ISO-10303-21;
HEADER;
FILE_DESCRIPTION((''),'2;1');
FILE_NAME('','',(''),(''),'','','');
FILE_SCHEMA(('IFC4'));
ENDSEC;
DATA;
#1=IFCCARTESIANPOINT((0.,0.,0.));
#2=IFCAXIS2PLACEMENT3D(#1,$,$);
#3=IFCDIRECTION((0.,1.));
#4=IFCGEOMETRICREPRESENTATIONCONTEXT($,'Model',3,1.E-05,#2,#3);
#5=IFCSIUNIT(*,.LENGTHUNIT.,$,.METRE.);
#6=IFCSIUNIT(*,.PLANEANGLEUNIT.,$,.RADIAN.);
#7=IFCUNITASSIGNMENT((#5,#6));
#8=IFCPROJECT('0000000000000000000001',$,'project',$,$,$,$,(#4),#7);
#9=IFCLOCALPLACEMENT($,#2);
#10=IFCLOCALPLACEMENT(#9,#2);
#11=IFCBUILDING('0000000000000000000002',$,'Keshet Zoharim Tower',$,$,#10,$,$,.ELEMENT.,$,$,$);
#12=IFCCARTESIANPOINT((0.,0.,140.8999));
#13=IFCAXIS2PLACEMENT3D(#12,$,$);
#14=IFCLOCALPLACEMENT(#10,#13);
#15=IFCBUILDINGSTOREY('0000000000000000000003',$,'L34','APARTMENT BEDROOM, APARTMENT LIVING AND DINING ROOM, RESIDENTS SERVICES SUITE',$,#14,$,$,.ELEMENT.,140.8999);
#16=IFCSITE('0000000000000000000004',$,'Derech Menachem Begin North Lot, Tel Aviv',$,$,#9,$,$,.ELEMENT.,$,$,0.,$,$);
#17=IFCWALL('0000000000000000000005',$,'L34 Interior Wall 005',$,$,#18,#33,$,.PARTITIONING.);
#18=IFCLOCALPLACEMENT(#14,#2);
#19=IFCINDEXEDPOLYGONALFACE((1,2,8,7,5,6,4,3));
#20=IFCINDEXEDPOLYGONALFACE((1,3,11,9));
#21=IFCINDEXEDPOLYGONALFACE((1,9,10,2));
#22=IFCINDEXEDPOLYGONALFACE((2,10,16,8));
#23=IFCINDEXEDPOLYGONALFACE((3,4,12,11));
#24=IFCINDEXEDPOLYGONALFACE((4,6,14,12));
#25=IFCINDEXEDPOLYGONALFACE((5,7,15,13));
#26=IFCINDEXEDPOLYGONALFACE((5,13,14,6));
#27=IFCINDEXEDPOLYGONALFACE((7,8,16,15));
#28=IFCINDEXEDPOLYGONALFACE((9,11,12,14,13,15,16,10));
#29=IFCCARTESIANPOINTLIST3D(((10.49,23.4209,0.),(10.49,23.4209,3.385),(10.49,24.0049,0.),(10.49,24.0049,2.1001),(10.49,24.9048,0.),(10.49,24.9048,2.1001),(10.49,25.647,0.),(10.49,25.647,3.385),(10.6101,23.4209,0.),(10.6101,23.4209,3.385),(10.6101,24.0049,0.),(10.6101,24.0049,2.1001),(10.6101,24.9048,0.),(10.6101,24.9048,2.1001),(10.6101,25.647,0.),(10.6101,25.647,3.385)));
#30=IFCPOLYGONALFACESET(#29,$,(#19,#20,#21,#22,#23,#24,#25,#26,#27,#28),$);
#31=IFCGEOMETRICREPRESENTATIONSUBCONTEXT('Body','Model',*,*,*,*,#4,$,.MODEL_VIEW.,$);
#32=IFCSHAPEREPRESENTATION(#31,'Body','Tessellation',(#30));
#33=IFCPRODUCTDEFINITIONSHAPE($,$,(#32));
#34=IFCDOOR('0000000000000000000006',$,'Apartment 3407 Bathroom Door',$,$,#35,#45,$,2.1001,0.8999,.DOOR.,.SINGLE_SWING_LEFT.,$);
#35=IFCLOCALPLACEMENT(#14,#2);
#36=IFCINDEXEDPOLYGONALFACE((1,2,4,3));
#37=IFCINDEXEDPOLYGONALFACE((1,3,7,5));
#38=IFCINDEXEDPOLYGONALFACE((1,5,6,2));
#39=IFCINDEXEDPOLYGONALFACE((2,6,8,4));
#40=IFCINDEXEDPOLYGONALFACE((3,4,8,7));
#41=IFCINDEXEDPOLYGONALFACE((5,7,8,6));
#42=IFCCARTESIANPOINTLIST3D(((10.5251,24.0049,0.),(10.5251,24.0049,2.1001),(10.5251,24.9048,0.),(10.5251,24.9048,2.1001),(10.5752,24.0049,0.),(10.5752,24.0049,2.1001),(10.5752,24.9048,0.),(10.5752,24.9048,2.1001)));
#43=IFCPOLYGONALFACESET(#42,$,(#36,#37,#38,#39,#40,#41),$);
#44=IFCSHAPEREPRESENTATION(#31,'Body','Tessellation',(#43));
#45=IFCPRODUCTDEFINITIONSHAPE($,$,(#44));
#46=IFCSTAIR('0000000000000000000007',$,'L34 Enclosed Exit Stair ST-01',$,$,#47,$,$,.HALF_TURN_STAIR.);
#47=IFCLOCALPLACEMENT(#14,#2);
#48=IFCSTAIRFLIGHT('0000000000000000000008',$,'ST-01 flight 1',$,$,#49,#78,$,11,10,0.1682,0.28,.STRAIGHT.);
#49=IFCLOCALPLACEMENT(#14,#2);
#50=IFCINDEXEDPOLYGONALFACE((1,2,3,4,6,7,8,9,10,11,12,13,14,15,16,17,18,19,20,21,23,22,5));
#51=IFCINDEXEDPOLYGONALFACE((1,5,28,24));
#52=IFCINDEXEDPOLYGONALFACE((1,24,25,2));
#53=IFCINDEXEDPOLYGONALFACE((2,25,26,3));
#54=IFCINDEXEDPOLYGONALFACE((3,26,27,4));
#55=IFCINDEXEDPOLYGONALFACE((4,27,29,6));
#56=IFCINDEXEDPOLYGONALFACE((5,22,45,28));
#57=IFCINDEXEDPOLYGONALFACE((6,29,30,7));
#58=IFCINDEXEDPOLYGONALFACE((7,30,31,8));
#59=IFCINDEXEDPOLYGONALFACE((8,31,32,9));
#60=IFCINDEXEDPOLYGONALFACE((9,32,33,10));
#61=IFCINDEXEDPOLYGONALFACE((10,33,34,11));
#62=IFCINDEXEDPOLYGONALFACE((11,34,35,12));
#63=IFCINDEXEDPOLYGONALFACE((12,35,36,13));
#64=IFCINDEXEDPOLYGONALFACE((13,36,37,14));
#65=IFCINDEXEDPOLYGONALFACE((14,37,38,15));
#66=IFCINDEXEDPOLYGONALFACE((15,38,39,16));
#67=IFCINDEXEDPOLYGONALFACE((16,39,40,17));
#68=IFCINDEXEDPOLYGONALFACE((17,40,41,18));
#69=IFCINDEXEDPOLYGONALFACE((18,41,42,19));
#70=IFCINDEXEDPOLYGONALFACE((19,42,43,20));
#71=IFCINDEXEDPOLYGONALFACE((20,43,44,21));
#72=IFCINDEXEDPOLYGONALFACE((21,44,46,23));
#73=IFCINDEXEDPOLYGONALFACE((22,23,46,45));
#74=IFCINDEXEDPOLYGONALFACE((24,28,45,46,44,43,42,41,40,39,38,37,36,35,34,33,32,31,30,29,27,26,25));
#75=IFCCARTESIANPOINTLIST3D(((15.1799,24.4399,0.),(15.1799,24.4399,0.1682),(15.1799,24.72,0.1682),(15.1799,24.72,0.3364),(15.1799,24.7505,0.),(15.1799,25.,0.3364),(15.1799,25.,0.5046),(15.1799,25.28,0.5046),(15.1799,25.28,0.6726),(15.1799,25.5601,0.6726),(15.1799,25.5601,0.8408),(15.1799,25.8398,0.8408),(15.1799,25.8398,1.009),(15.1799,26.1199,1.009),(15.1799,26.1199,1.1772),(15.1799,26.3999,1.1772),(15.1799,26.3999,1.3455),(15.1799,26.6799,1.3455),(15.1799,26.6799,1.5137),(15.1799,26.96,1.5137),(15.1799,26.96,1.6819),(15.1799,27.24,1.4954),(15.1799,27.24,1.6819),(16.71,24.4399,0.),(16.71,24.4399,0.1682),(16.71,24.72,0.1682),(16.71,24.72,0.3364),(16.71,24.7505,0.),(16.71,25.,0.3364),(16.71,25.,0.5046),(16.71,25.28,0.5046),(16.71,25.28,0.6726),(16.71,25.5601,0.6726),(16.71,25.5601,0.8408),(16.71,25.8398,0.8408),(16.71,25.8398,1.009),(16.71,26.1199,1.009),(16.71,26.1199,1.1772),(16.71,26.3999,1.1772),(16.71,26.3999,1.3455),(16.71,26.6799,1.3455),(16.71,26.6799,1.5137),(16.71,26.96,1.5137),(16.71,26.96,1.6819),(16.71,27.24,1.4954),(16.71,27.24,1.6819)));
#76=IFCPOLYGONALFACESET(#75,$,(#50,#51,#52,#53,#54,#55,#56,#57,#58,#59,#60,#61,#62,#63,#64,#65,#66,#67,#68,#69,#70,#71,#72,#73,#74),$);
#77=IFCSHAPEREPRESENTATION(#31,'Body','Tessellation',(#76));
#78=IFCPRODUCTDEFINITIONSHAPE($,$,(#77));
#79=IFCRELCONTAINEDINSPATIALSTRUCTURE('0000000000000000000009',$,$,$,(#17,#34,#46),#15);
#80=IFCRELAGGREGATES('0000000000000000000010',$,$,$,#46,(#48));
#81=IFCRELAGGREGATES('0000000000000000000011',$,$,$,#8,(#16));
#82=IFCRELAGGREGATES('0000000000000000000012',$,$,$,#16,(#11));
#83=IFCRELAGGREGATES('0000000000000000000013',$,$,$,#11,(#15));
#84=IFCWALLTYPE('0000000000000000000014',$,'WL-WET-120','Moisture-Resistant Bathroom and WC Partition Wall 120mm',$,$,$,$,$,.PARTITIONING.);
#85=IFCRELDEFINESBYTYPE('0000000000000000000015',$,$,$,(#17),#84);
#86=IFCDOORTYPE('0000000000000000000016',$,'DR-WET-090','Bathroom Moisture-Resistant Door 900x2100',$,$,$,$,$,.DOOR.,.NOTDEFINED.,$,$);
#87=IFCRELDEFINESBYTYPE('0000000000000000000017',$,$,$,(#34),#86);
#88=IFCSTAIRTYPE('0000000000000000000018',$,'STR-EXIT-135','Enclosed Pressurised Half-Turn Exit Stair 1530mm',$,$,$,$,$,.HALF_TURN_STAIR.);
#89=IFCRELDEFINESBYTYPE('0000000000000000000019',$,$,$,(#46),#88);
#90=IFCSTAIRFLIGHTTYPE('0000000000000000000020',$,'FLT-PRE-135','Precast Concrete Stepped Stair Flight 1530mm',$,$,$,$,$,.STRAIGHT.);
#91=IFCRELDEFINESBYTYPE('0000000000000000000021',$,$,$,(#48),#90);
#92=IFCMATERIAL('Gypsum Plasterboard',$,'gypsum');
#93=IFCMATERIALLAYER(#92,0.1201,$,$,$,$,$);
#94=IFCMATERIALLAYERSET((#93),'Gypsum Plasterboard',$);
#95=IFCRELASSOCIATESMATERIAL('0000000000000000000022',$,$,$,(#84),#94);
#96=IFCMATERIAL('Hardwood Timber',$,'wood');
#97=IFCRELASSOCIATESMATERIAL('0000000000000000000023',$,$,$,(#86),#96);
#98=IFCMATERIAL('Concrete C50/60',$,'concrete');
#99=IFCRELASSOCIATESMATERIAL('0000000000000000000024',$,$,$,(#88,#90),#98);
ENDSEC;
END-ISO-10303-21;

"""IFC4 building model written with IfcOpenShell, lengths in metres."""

from ifc_helpers import new_model, si_unit, direction, frame, frame_2d, origin, place, context, subcontext, project, spatial, polyline, rectangle, outline, extrude, material, layer, layer_set, type_object, element, fill, aggregate, save


model = new_model("IFC4")

# Units and contexts
model_context = context("Model", 3, precision=1e-05, world=origin(), true_north=direction((0.0, 1.0)))
body_context = subcontext(model_context, "Body", "Model", "MODEL_VIEW")
ifc_project = project(units=[si_unit("LENGTHUNIT", "METRE"), si_unit("PLANEANGLEUNIT", "RADIAN")], contexts=[model_context])

# Site, building, storey
site_placement = place(None, origin())
site = spatial("IfcSite", under=ifc_project, at=site_placement, Name="Derech Menachem Begin North Lot, Tel Aviv", CompositionType="ELEMENT", RefElevation=0.0)
building_placement = place(site_placement, origin())
building = spatial("IfcBuilding", under=site, at=building_placement, Name="Keshet Zoharim Tower", CompositionType="ELEMENT")
storey_placement = place(building_placement, frame((0.0, 0.0, 140.8999)))
storey = spatial("IfcBuildingStorey", under=building, at=storey_placement, Name="L34", Description="APARTMENT BEDROOM, APARTMENT LIVING AND DINING ROOM, RESIDENTS SERVICES SUITE", CompositionType="ELEMENT", Elevation=140.8999)

# Shared definitions
ifc_material_1 = material(Name="Gypsum Plasterboard", Category="gypsum")

# Shared definitions
ifc_material_2 = material(Name="Concrete C50/60", Category="concrete")
ifc_material_3 = material(Name="Hardwood Timber", Category="wood")

# Wall, opening, door
ifc_layer_1 = layer(ifc_material_1, 0.1201)
ifc_layer_set_1 = layer_set([ifc_layer_1], Name="Gypsum Plasterboard")
wall_type_1 = type_object("IfcWallType", Name="WL-WET-120", Description="Moisture-Resistant Bathroom and WC Partition Wall 120mm", PredefinedType="PARTITIONING", material=ifc_layer_set_1)
wall_1_placement = place(storey_placement, frame((10.55, 23.4209, 0.0), z_axis=(0.0, 0.0, 1.0), x_axis=(0.0, 1.0, 0.0)))
wall_1 = element("IfcWall", 1, at=wall_1_placement, inside=storey, type_object=wall_type_1, Name="L34 Interior Wall 005", PredefinedType="PARTITIONING", context=body_context, shape_type="SweptSolid", body=[
    extrude(rectangle(XDim=2.2261, YDim=0.1201, at=frame_2d((1.113, 0.0))), origin(), (0.0, 0.0, 1.0), 3.385),
])
opening_1_placement = place(wall_1_placement, frame((0.584, 0.0, 0.0)))
opening_1 = element("IfcOpeningElement", 2, at=opening_1_placement, cuts=wall_1, PredefinedType="OPENING", context=body_context, shape_type="SweptSolid", body=[
    extrude(rectangle(XDim=0.8999, YDim=2.1001, at=frame_2d((0.45, 1.05))), frame((0.0, 0.0701, 0.0), z_axis=(0.0, -1.0, 0.0), x_axis=(1.0, 0.0, 0.0)), (0.0, 0.0, 1.0), 0.1401),
])
door_type_1 = type_object("IfcDoorType", Name="DR-WET-090", Description="Bathroom Moisture-Resistant Door 900x2100", OperationType="NOTDEFINED", PredefinedType="DOOR", material=ifc_material_3)
door_1_placement = place(opening_1_placement, origin())
door_1 = element("IfcDoor", 3, at=door_1_placement, inside=storey, type_object=door_type_1, Name="Apartment 3407 Bathroom Door", OperationType="SINGLE_SWING_LEFT", OverallHeight=2.1001, OverallWidth=0.8999, PredefinedType="DOOR", context=body_context, shape_type="SweptSolid", body=[
    extrude(rectangle(XDim=0.8999, YDim=2.1001, at=frame_2d((0.45, 1.05))), frame((0.0, 0.0249, 0.0), z_axis=(0.0, -1.0, 0.0), x_axis=(1.0, 0.0, 0.0)), (0.0, 0.0, 1.0), 0.05),
])
fill(opening_1, door_1)

# Stair, stair flight
stair_type = type_object("IfcStairType", Name="STR-EXIT-135", Description="Enclosed Pressurised Half-Turn Exit Stair 1530mm", PredefinedType="HALF_TURN_STAIR", material=ifc_material_2)
stair_placement = place(storey_placement, origin())
stair = element("IfcStair", 4, at=stair_placement, inside=storey, type_object=stair_type, Name="L34 Enclosed Exit Stair ST-01", PredefinedType="HALF_TURN_STAIR")
stair_flight_type = type_object("IfcStairFlightType", Name="FLT-PRE-135", Description="Precast Concrete Stepped Stair Flight 1530mm", PredefinedType="STRAIGHT", material=ifc_material_2)
stair_flight_placement = place(storey_placement, frame((15.9451, 24.4399, 0.0), z_axis=(0.0, 0.0, 1.0), x_axis=(0.0, 1.0, 0.0)))
stair_flight = element("IfcStairFlight", 5, at=stair_flight_placement, type_object=stair_flight_type, Name="ST-01 flight 1", NumberOfRisers=11, NumberOfTreads=10, PredefinedType="STRAIGHT", RiserHeight=0.1682, TreadLength=0.28, context=body_context, shape_type="SweptSolid", body=[
    extrude(outline(polyline([(0.0, 0.0), (0.0, 0.1682), (0.28, 0.1682), (0.28, 0.3364), (0.5601, 0.3364), (0.5601, 0.5046), (0.8401, 0.5046), (0.8401, 0.6726), (1.1201, 0.6726), (1.1201, 0.8408), (1.3999, 0.8408), (1.3999, 1.009), (1.6799, 1.009), (1.6799, 1.1772), (1.96, 1.1772), (1.96, 1.3455), (2.24, 1.3455), (2.24, 1.5137), (2.52, 1.5137), (2.52, 1.6819), (2.8, 1.6819), (2.8, 1.8501), (2.8, 1.4954), (0.3105, 0.0), (0.0, 0.0)])), frame((0.0, 0.7651, 0.0), z_axis=(0.0, -1.0, 0.0), x_axis=(1.0, 0.0, 0.0)), (0.0, 0.0, 1.0), 1.53),
])
aggregate(stair, [stair_flight])

save(model, "model.ifc")
